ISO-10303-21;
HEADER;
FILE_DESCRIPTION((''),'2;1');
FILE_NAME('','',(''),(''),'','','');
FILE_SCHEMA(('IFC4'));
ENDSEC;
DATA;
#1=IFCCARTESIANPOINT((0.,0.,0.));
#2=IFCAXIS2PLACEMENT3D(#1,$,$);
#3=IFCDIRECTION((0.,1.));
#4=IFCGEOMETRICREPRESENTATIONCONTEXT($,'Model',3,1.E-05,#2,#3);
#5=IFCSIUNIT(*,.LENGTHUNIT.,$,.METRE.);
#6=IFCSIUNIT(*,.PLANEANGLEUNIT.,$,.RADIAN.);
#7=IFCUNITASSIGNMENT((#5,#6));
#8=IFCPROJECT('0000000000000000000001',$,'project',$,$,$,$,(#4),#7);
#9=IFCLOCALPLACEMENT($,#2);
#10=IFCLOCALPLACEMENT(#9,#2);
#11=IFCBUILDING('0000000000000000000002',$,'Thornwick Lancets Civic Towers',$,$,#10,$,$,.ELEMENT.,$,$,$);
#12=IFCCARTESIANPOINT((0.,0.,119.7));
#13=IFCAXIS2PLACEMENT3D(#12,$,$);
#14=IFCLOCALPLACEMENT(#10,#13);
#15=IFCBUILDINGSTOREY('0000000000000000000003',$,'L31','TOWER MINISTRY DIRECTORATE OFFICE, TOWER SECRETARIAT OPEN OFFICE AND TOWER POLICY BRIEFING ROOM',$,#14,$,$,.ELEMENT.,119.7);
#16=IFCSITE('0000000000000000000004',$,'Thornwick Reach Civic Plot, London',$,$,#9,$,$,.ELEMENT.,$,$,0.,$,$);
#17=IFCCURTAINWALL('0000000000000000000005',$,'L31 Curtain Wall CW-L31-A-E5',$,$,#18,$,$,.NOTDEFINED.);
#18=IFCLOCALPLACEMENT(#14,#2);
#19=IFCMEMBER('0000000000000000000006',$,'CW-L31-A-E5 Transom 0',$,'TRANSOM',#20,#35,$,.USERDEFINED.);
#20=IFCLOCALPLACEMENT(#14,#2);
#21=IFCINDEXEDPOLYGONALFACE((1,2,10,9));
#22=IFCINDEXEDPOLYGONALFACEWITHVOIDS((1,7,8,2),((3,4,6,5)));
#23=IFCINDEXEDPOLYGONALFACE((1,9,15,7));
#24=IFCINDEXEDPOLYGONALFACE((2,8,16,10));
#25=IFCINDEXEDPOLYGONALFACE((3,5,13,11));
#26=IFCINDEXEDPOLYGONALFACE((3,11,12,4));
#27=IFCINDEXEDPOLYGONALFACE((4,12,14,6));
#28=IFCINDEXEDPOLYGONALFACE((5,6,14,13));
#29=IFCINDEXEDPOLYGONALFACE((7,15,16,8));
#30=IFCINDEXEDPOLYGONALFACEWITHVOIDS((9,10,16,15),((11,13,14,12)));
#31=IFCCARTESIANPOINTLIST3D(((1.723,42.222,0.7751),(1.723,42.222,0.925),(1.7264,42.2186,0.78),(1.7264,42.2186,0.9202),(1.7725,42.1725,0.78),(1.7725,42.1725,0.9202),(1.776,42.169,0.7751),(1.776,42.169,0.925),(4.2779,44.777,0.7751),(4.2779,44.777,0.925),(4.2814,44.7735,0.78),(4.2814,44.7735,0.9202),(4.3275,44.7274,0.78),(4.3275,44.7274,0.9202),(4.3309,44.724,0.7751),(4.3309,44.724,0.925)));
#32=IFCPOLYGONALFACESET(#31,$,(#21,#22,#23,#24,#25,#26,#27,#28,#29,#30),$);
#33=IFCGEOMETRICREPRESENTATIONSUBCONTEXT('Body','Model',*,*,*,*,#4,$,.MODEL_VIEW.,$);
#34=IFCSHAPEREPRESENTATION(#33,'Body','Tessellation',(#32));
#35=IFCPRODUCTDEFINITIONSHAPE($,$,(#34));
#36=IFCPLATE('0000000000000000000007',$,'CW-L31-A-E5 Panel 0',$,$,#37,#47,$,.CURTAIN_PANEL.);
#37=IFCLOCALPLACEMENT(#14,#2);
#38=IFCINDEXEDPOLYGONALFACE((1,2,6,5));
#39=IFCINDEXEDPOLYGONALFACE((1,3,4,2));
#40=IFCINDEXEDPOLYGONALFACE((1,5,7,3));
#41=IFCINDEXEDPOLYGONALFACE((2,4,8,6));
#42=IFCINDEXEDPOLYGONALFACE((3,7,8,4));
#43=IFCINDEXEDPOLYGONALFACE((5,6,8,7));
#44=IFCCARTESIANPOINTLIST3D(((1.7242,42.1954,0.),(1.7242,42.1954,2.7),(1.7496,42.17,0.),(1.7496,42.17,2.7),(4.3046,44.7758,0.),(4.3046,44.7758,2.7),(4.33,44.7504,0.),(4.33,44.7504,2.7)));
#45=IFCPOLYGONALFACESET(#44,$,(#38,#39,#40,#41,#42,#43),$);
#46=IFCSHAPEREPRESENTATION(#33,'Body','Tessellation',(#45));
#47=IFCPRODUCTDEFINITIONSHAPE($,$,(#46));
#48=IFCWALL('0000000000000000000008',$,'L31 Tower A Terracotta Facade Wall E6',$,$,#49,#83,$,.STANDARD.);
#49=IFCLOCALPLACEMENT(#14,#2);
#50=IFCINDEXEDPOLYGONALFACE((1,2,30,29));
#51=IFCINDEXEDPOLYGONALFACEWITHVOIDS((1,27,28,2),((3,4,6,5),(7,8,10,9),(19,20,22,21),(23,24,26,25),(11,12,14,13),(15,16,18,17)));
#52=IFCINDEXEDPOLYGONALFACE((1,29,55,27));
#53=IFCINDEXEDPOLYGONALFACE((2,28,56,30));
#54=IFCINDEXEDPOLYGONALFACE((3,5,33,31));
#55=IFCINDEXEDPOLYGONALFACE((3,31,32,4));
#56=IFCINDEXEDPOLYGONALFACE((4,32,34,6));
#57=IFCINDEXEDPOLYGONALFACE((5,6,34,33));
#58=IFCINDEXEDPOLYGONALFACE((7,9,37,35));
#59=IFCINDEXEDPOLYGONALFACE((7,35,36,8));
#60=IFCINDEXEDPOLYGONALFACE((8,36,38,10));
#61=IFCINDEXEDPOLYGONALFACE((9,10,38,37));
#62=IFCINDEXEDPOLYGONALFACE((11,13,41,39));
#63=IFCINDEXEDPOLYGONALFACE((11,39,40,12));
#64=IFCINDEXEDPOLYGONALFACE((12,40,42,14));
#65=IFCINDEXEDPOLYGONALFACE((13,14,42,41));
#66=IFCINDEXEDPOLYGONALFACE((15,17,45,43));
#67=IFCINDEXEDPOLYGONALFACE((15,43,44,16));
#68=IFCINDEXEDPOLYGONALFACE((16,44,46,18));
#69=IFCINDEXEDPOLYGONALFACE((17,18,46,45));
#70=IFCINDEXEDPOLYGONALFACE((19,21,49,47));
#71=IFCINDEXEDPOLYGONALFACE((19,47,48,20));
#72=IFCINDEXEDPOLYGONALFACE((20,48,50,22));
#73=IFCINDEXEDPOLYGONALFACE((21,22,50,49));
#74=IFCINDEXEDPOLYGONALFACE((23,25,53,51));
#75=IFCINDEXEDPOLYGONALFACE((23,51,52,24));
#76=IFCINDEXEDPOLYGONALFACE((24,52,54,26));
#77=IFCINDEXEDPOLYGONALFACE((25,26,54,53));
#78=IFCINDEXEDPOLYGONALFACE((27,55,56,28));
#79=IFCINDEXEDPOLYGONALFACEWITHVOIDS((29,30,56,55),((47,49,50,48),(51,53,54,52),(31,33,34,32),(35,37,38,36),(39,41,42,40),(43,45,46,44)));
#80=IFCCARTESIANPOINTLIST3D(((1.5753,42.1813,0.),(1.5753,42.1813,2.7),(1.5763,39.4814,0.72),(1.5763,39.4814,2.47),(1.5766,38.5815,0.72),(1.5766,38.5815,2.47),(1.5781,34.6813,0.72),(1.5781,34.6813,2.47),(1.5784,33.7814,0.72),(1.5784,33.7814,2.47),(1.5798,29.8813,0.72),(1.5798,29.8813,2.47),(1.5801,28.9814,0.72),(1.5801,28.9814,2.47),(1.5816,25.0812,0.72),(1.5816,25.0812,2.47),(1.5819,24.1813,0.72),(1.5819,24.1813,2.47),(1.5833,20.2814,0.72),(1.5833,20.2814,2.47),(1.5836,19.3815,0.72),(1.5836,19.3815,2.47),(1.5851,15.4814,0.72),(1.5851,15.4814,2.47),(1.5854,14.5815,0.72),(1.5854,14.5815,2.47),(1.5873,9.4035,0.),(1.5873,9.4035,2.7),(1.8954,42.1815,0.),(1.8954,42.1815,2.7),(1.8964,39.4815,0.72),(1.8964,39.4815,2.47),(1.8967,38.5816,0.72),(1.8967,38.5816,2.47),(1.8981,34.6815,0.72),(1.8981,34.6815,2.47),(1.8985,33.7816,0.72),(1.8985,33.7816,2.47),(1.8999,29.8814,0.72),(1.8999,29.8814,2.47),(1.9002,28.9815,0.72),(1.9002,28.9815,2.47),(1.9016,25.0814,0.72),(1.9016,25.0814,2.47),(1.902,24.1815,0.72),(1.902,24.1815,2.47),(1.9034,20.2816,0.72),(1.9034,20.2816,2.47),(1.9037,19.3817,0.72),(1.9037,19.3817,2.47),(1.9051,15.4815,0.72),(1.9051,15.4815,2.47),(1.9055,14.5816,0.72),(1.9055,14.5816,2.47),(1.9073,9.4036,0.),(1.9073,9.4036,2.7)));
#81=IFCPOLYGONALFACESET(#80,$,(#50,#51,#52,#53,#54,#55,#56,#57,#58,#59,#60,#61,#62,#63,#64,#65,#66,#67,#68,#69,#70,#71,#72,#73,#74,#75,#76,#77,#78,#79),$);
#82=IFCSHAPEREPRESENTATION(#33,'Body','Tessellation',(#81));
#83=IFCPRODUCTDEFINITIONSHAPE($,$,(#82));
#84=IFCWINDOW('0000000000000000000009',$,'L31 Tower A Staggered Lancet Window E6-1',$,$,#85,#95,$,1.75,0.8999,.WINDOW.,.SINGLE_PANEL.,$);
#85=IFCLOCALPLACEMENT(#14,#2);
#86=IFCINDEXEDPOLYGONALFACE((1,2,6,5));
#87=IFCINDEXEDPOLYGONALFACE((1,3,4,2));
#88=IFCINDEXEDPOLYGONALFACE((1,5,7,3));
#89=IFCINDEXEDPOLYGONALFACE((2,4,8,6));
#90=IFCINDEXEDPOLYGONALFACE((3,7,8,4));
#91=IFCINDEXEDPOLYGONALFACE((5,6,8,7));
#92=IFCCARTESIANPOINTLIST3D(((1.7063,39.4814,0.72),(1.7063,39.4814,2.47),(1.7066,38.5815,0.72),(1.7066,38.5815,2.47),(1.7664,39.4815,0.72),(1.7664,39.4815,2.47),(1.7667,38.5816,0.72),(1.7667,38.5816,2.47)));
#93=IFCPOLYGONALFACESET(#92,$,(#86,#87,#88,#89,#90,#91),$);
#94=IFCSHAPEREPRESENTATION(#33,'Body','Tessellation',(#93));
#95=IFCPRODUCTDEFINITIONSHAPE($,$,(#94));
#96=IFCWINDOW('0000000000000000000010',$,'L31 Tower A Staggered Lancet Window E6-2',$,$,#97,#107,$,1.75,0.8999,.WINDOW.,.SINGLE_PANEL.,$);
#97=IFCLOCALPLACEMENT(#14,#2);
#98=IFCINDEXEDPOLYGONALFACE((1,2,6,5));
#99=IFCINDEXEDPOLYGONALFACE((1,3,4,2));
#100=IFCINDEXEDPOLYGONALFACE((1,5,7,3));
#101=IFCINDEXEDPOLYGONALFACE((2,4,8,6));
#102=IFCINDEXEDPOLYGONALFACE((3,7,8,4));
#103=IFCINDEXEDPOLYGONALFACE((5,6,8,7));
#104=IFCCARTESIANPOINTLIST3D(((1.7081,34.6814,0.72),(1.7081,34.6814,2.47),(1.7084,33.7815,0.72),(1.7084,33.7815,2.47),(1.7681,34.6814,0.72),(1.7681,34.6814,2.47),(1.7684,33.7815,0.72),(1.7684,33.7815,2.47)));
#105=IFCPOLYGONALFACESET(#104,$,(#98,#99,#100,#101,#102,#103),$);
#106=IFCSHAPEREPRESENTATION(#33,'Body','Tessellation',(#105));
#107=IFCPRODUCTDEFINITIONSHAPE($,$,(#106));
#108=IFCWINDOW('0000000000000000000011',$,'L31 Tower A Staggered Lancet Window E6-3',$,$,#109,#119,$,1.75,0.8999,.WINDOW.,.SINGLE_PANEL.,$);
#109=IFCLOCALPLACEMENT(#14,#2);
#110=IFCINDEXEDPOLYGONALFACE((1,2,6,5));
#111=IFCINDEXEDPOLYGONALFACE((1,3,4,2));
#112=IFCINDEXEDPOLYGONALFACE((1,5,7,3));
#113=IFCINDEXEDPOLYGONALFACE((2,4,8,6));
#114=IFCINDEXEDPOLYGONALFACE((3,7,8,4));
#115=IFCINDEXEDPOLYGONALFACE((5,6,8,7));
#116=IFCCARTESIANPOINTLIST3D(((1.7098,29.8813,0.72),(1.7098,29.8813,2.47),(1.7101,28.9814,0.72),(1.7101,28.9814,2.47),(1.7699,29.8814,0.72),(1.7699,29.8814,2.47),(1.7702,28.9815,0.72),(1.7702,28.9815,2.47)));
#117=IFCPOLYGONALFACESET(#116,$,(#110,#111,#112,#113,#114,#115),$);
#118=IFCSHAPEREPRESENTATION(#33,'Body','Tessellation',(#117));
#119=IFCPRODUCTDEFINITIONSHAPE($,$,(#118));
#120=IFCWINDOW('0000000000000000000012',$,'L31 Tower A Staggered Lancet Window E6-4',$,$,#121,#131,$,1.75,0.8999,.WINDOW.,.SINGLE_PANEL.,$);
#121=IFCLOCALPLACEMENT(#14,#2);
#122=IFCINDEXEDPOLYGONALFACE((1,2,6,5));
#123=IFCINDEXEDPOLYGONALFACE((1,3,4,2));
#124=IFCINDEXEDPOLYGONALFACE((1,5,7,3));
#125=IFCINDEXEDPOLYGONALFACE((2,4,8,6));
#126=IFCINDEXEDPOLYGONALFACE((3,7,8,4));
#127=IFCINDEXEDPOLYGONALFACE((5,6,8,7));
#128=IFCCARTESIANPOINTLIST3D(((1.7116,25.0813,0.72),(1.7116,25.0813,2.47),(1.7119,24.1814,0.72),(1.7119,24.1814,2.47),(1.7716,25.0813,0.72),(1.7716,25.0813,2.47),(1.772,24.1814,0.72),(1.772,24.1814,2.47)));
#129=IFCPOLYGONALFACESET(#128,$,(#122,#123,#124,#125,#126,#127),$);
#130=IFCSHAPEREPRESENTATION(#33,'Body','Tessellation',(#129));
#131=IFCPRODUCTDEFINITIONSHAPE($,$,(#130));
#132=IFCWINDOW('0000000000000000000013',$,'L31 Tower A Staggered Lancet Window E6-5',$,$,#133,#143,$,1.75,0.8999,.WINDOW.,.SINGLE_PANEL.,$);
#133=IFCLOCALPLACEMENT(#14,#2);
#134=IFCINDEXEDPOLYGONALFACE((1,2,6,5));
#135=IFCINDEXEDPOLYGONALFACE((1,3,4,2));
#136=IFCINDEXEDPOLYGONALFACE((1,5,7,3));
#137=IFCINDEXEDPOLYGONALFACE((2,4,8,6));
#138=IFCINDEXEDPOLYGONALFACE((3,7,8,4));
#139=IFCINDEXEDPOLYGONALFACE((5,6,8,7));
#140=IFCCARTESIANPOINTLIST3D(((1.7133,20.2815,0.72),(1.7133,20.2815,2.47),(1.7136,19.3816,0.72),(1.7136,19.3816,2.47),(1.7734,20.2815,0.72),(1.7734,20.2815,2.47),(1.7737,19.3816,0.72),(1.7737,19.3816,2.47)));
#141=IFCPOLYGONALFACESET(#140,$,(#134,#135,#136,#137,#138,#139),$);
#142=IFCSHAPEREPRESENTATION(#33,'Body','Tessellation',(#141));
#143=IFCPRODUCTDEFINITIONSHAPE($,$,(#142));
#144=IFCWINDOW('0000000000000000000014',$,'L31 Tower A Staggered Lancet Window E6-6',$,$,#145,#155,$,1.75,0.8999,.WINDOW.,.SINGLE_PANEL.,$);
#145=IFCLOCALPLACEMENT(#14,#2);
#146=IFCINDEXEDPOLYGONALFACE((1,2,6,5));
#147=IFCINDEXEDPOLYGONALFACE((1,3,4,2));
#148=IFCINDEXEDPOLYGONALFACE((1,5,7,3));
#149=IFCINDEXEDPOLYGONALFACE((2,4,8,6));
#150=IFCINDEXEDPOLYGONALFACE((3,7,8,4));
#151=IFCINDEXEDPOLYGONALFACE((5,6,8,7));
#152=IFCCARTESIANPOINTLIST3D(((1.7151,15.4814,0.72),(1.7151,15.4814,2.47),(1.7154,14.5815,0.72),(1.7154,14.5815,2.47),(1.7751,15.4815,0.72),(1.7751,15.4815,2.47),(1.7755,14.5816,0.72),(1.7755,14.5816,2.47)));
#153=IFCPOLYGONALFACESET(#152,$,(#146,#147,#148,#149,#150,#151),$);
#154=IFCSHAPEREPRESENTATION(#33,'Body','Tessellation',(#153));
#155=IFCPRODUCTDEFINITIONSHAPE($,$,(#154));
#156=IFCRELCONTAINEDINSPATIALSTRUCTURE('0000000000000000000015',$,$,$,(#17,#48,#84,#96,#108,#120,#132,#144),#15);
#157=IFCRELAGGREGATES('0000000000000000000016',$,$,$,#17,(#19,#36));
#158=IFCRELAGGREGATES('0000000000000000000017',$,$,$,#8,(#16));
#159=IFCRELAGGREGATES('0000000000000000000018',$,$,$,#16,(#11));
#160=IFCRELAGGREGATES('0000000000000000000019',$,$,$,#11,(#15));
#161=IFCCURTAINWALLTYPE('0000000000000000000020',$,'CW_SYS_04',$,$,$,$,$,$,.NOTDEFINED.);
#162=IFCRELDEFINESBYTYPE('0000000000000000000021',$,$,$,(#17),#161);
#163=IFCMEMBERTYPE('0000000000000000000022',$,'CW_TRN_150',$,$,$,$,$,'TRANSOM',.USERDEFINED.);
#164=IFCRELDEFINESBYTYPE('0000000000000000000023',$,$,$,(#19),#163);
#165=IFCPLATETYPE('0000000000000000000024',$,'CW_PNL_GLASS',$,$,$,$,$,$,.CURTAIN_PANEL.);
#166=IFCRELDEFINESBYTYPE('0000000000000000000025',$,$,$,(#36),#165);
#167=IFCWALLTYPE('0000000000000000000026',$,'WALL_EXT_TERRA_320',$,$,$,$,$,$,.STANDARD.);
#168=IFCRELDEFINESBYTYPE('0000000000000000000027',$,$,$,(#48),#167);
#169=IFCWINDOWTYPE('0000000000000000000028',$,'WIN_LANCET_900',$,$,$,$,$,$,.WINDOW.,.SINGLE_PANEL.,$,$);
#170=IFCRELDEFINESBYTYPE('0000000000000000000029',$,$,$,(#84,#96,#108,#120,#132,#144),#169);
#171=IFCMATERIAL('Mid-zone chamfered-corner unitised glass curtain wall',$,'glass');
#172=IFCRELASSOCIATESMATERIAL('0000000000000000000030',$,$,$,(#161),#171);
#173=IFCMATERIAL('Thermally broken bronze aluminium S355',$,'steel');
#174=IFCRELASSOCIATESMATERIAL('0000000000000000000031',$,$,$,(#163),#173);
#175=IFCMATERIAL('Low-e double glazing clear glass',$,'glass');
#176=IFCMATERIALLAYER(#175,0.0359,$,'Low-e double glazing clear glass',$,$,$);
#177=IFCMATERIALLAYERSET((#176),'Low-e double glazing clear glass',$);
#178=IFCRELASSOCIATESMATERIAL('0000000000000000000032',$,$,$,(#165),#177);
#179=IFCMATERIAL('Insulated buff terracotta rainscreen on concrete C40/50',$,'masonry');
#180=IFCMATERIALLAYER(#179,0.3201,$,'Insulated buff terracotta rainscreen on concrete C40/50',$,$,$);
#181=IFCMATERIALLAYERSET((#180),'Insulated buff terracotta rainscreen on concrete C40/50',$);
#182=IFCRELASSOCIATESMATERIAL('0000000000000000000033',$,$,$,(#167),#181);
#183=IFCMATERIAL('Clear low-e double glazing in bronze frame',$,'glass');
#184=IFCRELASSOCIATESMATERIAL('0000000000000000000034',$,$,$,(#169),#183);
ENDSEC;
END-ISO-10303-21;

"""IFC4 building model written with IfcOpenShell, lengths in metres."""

from ifc_helpers import new_model, si_unit, direction, frame, frame_2d, origin, origin_2d, place, context, subcontext, project, spatial, rectangle, hollow_rectangle, extrude, material, layer, layer_set, material_profile, profile_set, type_object, element, fill, aggregate, save


model = new_model("IFC4")

# Units and contexts
model_context = context("Model", 3, precision=1e-05, world=origin(), true_north=direction((0.0, 1.0)))
body_context = subcontext(model_context, "Body", "Model", "MODEL_VIEW")
ifc_project = project(units=[si_unit("LENGTHUNIT", "METRE"), si_unit("PLANEANGLEUNIT", "RADIAN")], contexts=[model_context])

# Site, building, storey
site_placement = place(None, origin())
site = spatial("IfcSite", under=ifc_project, at=site_placement, Name="Thornwick Reach Civic Plot, London", CompositionType="ELEMENT", RefElevation=0.0)
building_placement = place(site_placement, origin())
building = spatial("IfcBuilding", under=site, at=building_placement, Name="Thornwick Lancets Civic Towers", CompositionType="ELEMENT")
storey_placement = place(building_placement, frame((0.0, 0.0, 119.7)))
storey = spatial("IfcBuildingStorey", under=building, at=storey_placement, Name="L31", Description="TOWER MINISTRY DIRECTORATE OFFICE, TOWER SECRETARIAT OPEN OFFICE AND TOWER POLICY BRIEFING ROOM", CompositionType="ELEMENT", Elevation=119.7)

# Curtain wall, member, plate
ifc_material_1 = material(Name="Mid-zone chamfered-corner unitised glass curtain wall", Category="glass")
curtain_wall_type = type_object("IfcCurtainWallType", Name="CW_SYS_04", PredefinedType="NOTDEFINED", material=ifc_material_1)
curtain_wall_placement = place(storey_placement, origin())
curtain_wall = element("IfcCurtainWall", 1, at=curtain_wall_placement, inside=storey, type_object=curtain_wall_type, Name="L31 Curtain Wall CW-L31-A-E5", PredefinedType="NOTDEFINED")
ifc_material_2 = material(Name="Thermally broken bronze aluminium S355", Category="steel")
ifc_material_profile_1 = material_profile(ifc_material_2, hollow_rectangle(XDim=0.075, YDim=0.1499, WallThickness=0.0049, at=origin_2d()), Name="RHS 150x75x5")
ifc_profile_set_1 = profile_set([ifc_material_profile_1], Name="Thermally broken bronze aluminium S355")
member_type_1 = type_object("IfcMemberType", Name="CW_TRN_150", ElementType="TRANSOM", PredefinedType="USERDEFINED", material=ifc_profile_set_1)
member_1_placement = place(storey_placement, frame((4.3044, 44.7505, 0.8501), z_axis=(-0.707107, -0.707107, 0.0), x_axis=(0.707107, -0.707107, 0.0)))
member_1 = element("IfcMember", 2, at=member_1_placement, type_object=member_type_1, Name="CW-L31-A-E5 Transom 0", ObjectType="TRANSOM", PredefinedType="USERDEFINED", context=body_context, shape_type="SweptSolid", body=[
    extrude(hollow_rectangle(XDim=0.075, YDim=0.1499, WallThickness=0.0049, at=origin_2d()), origin(), (0.0, 0.0, 1.0), 3.6133),
])
ifc_material_3 = material(Name="Low-e double glazing clear glass", Category="glass")
ifc_layer_1 = layer(ifc_material_3, 0.0359, Name="Low-e double glazing clear glass")
ifc_layer_set_1 = layer_set([ifc_layer_1], Name="Low-e double glazing clear glass")
plate_type = type_object("IfcPlateType", Name="CW_PNL_GLASS", PredefinedType="CURTAIN_PANEL", material=ifc_layer_set_1)
plate_placement = place(storey_placement, frame((3.0271, 43.4729, 0.0), z_axis=(0.0, 0.0, 1.0), x_axis=(-0.707107, -0.707107, 0.0)))
plate = element("IfcPlate", 3, at=plate_placement, type_object=plate_type, Name="CW-L31-A-E5 Panel 0", PredefinedType="CURTAIN_PANEL", context=body_context, shape_type="SweptSolid", body=[
    extrude(rectangle(XDim=3.6492, YDim=0.0359, at=origin_2d()), origin(), (0.0, 0.0, 1.0), 2.7),
])
aggregate(curtain_wall, [member_1, plate])

# Wall, openings, windows
ifc_material_4 = material(Name="Insulated buff terracotta rainscreen on concrete C40/50", Category="masonry")
ifc_layer_2 = layer(ifc_material_4, 0.3201, Name="Insulated buff terracotta rainscreen on concrete C40/50")
ifc_layer_set_2 = layer_set([ifc_layer_2], Name="Insulated buff terracotta rainscreen on concrete C40/50")
wall_type_1 = type_object("IfcWallType", Name="WALL_EXT_TERRA_320", PredefinedType="STANDARD", material=ifc_layer_set_2)
wall_1_placement = place(storey_placement, frame((1.7354, 42.1814, 0.0), z_axis=(0.0, 0.0, 1.0), x_axis=(0.000365, -1.0, 0.0)))
wall_1 = element("IfcWall", 4, at=wall_1_placement, inside=storey, type_object=wall_type_1, Name="L31 Tower A Terracotta Facade Wall E6", PredefinedType="STANDARD", context=body_context, shape_type="SweptSolid", body=[
    extrude(rectangle(XDim=32.7778, YDim=0.3201, at=frame_2d((16.3889, 0.0))), origin(), (0.0, 0.0, 1.0), 2.7),
])
opening_1_placement = place(wall_1_placement, frame((2.7, 0.0, 0.72)))
opening_1 = element("IfcOpeningElement", 5, at=opening_1_placement, cuts=wall_1, PredefinedType="OPENING", context=body_context, shape_type="SweptSolid", body=[
    extrude(rectangle(XDim=0.8999, YDim=1.75, at=frame_2d((0.45, 0.875))), frame((0.0, 0.1699, 0.0), z_axis=(0.0, -1.0, 0.0), x_axis=(1.0, 0.0, 0.0)), (0.0, 0.0, 1.0), 0.3401),
])
opening_2_placement = place(wall_1_placement, frame((7.5, 0.0, 0.72)))
opening_2 = element("IfcOpeningElement", 6, at=opening_2_placement, cuts=wall_1, PredefinedType="OPENING", context=body_context, shape_type="SweptSolid", body=[
    extrude(rectangle(XDim=0.8999, YDim=1.75, at=frame_2d((0.45, 0.875))), frame((0.0, 0.1699, 0.0), z_axis=(0.0, -1.0, 0.0), x_axis=(1.0, 0.0, 0.0)), (0.0, 0.0, 1.0), 0.3401),
])
opening_3_placement = place(wall_1_placement, frame((12.3, 0.0, 0.72)))
opening_3 = element("IfcOpeningElement", 7, at=opening_3_placement, cuts=wall_1, PredefinedType="OPENING", context=body_context, shape_type="SweptSolid", body=[
    extrude(rectangle(XDim=0.8999, YDim=1.75, at=frame_2d((0.45, 0.875))), frame((0.0, 0.1699, 0.0), z_axis=(0.0, -1.0, 0.0), x_axis=(1.0, 0.0, 0.0)), (0.0, 0.0, 1.0), 0.3401),
])
opening_4_placement = place(wall_1_placement, frame((17.1001, 0.0, 0.72)))
opening_4 = element("IfcOpeningElement", 8, at=opening_4_placement, cuts=wall_1, PredefinedType="OPENING", context=body_context, shape_type="SweptSolid", body=[
    extrude(rectangle(XDim=0.8999, YDim=1.75, at=frame_2d((0.45, 0.875))), frame((0.0, 0.1699, 0.0), z_axis=(0.0, -1.0, 0.0), x_axis=(1.0, 0.0, 0.0)), (0.0, 0.0, 1.0), 0.3401),
])
opening_5_placement = place(wall_1_placement, frame((21.8999, 0.0, 0.72)))
opening_5 = element("IfcOpeningElement", 9, at=opening_5_placement, cuts=wall_1, PredefinedType="OPENING", context=body_context, shape_type="SweptSolid", body=[
    extrude(rectangle(XDim=0.8999, YDim=1.75, at=frame_2d((0.45, 0.875))), frame((0.0, 0.1699, 0.0), z_axis=(0.0, -1.0, 0.0), x_axis=(1.0, 0.0, 0.0)), (0.0, 0.0, 1.0), 0.3401),
])
opening_6_placement = place(wall_1_placement, frame((26.7, 0.0, 0.72)))
opening_6 = element("IfcOpeningElement", 10, at=opening_6_placement, cuts=wall_1, PredefinedType="OPENING", context=body_context, shape_type="SweptSolid", body=[
    extrude(rectangle(XDim=0.8999, YDim=1.75, at=frame_2d((0.45, 0.875))), frame((0.0, 0.1699, 0.0), z_axis=(0.0, -1.0, 0.0), x_axis=(1.0, 0.0, 0.0)), (0.0, 0.0, 1.0), 0.3401),
])
ifc_material_5 = material(Name="Clear low-e double glazing in bronze frame", Category="glass")
window_type = type_object("IfcWindowType", Name="WIN_LANCET_900", PartitioningType="SINGLE_PANEL", PredefinedType="WINDOW", material=ifc_material_5)
window_1_placement = place(opening_1_placement, origin())
window_1 = element("IfcWindow", 11, at=window_1_placement, inside=storey, type_object=window_type, Name="L31 Tower A Staggered Lancet Window E6-1", OverallHeight=1.75, OverallWidth=0.8999, PartitioningType="SINGLE_PANEL", PredefinedType="WINDOW", context=body_context, shape_type="SweptSolid", body=[
    extrude(rectangle(XDim=0.8999, YDim=1.75, at=frame_2d((0.45, 0.875))), frame((0.0, 0.03, 0.0), z_axis=(0.0, -1.0, 0.0), x_axis=(1.0, 0.0, 0.0)), (0.0, 0.0, 1.0), 0.0601),
])
fill(opening_1, window_1)
window_2_placement = place(opening_2_placement, origin())
window_2 = element("IfcWindow", 12, at=window_2_placement, inside=storey, type_object=window_type, Name="L31 Tower A Staggered Lancet Window E6-2", OverallHeight=1.75, OverallWidth=0.8999, PartitioningType="SINGLE_PANEL", PredefinedType="WINDOW", context=body_context, shape_type="SweptSolid", body=[
    extrude(rectangle(XDim=0.8999, YDim=1.75, at=frame_2d((0.45, 0.875))), frame((0.0, 0.03, 0.0), z_axis=(0.0, -1.0, 0.0), x_axis=(1.0, 0.0, 0.0)), (0.0, 0.0, 1.0), 0.0601),
])
fill(opening_2, window_2)
window_3_placement = place(opening_3_placement, origin())
window_3 = element("IfcWindow", 13, at=window_3_placement, inside=storey, type_object=window_type, Name="L31 Tower A Staggered Lancet Window E6-3", OverallHeight=1.75, OverallWidth=0.8999, PartitioningType="SINGLE_PANEL", PredefinedType="WINDOW", context=body_context, shape_type="SweptSolid", body=[
    extrude(rectangle(XDim=0.8999, YDim=1.75, at=frame_2d((0.45, 0.875))), frame((0.0, 0.03, 0.0), z_axis=(0.0, -1.0, 0.0), x_axis=(1.0, 0.0, 0.0)), (0.0, 0.0, 1.0), 0.0601),
])
fill(opening_3, window_3)
window_4_placement = place(opening_4_placement, origin())
window_4 = element("IfcWindow", 14, at=window_4_placement, inside=storey, type_object=window_type, Name="L31 Tower A Staggered Lancet Window E6-4", OverallHeight=1.75, OverallWidth=0.8999, PartitioningType="SINGLE_PANEL", PredefinedType="WINDOW", context=body_context, shape_type="SweptSolid", body=[
    extrude(rectangle(XDim=0.8999, YDim=1.75, at=frame_2d((0.45, 0.875))), frame((0.0, 0.03, 0.0), z_axis=(0.0, -1.0, 0.0), x_axis=(1.0, 0.0, 0.0)), (0.0, 0.0, 1.0), 0.0601),
])
fill(opening_4, window_4)
window_5_placement = place(opening_5_placement, origin())
window_5 = element("IfcWindow", 15, at=window_5_placement, inside=storey, type_object=window_type, Name="L31 Tower A Staggered Lancet Window E6-5", OverallHeight=1.75, OverallWidth=0.8999, PartitioningType="SINGLE_PANEL", PredefinedType="WINDOW", context=body_context, shape_type="SweptSolid", body=[
    extrude(rectangle(XDim=0.8999, YDim=1.75, at=frame_2d((0.45, 0.875))), frame((0.0, 0.03, 0.0), z_axis=(0.0, -1.0, 0.0), x_axis=(1.0, 0.0, 0.0)), (0.0, 0.0, 1.0), 0.0601),
])
fill(opening_5, window_5)
window_6_placement = place(opening_6_placement, origin())
window_6 = element("IfcWindow", 16, at=window_6_placement, inside=storey, type_object=window_type, Name="L31 Tower A Staggered Lancet Window E6-6", OverallHeight=1.75, OverallWidth=0.8999, PartitioningType="SINGLE_PANEL", PredefinedType="WINDOW", context=body_context, shape_type="SweptSolid", body=[
    extrude(rectangle(XDim=0.8999, YDim=1.75, at=frame_2d((0.45, 0.875))), frame((0.0, 0.03, 0.0), z_axis=(0.0, -1.0, 0.0), x_axis=(1.0, 0.0, 0.0)), (0.0, 0.0, 1.0), 0.0601),
])
fill(opening_6, window_6)

save(model, "model.ifc")
